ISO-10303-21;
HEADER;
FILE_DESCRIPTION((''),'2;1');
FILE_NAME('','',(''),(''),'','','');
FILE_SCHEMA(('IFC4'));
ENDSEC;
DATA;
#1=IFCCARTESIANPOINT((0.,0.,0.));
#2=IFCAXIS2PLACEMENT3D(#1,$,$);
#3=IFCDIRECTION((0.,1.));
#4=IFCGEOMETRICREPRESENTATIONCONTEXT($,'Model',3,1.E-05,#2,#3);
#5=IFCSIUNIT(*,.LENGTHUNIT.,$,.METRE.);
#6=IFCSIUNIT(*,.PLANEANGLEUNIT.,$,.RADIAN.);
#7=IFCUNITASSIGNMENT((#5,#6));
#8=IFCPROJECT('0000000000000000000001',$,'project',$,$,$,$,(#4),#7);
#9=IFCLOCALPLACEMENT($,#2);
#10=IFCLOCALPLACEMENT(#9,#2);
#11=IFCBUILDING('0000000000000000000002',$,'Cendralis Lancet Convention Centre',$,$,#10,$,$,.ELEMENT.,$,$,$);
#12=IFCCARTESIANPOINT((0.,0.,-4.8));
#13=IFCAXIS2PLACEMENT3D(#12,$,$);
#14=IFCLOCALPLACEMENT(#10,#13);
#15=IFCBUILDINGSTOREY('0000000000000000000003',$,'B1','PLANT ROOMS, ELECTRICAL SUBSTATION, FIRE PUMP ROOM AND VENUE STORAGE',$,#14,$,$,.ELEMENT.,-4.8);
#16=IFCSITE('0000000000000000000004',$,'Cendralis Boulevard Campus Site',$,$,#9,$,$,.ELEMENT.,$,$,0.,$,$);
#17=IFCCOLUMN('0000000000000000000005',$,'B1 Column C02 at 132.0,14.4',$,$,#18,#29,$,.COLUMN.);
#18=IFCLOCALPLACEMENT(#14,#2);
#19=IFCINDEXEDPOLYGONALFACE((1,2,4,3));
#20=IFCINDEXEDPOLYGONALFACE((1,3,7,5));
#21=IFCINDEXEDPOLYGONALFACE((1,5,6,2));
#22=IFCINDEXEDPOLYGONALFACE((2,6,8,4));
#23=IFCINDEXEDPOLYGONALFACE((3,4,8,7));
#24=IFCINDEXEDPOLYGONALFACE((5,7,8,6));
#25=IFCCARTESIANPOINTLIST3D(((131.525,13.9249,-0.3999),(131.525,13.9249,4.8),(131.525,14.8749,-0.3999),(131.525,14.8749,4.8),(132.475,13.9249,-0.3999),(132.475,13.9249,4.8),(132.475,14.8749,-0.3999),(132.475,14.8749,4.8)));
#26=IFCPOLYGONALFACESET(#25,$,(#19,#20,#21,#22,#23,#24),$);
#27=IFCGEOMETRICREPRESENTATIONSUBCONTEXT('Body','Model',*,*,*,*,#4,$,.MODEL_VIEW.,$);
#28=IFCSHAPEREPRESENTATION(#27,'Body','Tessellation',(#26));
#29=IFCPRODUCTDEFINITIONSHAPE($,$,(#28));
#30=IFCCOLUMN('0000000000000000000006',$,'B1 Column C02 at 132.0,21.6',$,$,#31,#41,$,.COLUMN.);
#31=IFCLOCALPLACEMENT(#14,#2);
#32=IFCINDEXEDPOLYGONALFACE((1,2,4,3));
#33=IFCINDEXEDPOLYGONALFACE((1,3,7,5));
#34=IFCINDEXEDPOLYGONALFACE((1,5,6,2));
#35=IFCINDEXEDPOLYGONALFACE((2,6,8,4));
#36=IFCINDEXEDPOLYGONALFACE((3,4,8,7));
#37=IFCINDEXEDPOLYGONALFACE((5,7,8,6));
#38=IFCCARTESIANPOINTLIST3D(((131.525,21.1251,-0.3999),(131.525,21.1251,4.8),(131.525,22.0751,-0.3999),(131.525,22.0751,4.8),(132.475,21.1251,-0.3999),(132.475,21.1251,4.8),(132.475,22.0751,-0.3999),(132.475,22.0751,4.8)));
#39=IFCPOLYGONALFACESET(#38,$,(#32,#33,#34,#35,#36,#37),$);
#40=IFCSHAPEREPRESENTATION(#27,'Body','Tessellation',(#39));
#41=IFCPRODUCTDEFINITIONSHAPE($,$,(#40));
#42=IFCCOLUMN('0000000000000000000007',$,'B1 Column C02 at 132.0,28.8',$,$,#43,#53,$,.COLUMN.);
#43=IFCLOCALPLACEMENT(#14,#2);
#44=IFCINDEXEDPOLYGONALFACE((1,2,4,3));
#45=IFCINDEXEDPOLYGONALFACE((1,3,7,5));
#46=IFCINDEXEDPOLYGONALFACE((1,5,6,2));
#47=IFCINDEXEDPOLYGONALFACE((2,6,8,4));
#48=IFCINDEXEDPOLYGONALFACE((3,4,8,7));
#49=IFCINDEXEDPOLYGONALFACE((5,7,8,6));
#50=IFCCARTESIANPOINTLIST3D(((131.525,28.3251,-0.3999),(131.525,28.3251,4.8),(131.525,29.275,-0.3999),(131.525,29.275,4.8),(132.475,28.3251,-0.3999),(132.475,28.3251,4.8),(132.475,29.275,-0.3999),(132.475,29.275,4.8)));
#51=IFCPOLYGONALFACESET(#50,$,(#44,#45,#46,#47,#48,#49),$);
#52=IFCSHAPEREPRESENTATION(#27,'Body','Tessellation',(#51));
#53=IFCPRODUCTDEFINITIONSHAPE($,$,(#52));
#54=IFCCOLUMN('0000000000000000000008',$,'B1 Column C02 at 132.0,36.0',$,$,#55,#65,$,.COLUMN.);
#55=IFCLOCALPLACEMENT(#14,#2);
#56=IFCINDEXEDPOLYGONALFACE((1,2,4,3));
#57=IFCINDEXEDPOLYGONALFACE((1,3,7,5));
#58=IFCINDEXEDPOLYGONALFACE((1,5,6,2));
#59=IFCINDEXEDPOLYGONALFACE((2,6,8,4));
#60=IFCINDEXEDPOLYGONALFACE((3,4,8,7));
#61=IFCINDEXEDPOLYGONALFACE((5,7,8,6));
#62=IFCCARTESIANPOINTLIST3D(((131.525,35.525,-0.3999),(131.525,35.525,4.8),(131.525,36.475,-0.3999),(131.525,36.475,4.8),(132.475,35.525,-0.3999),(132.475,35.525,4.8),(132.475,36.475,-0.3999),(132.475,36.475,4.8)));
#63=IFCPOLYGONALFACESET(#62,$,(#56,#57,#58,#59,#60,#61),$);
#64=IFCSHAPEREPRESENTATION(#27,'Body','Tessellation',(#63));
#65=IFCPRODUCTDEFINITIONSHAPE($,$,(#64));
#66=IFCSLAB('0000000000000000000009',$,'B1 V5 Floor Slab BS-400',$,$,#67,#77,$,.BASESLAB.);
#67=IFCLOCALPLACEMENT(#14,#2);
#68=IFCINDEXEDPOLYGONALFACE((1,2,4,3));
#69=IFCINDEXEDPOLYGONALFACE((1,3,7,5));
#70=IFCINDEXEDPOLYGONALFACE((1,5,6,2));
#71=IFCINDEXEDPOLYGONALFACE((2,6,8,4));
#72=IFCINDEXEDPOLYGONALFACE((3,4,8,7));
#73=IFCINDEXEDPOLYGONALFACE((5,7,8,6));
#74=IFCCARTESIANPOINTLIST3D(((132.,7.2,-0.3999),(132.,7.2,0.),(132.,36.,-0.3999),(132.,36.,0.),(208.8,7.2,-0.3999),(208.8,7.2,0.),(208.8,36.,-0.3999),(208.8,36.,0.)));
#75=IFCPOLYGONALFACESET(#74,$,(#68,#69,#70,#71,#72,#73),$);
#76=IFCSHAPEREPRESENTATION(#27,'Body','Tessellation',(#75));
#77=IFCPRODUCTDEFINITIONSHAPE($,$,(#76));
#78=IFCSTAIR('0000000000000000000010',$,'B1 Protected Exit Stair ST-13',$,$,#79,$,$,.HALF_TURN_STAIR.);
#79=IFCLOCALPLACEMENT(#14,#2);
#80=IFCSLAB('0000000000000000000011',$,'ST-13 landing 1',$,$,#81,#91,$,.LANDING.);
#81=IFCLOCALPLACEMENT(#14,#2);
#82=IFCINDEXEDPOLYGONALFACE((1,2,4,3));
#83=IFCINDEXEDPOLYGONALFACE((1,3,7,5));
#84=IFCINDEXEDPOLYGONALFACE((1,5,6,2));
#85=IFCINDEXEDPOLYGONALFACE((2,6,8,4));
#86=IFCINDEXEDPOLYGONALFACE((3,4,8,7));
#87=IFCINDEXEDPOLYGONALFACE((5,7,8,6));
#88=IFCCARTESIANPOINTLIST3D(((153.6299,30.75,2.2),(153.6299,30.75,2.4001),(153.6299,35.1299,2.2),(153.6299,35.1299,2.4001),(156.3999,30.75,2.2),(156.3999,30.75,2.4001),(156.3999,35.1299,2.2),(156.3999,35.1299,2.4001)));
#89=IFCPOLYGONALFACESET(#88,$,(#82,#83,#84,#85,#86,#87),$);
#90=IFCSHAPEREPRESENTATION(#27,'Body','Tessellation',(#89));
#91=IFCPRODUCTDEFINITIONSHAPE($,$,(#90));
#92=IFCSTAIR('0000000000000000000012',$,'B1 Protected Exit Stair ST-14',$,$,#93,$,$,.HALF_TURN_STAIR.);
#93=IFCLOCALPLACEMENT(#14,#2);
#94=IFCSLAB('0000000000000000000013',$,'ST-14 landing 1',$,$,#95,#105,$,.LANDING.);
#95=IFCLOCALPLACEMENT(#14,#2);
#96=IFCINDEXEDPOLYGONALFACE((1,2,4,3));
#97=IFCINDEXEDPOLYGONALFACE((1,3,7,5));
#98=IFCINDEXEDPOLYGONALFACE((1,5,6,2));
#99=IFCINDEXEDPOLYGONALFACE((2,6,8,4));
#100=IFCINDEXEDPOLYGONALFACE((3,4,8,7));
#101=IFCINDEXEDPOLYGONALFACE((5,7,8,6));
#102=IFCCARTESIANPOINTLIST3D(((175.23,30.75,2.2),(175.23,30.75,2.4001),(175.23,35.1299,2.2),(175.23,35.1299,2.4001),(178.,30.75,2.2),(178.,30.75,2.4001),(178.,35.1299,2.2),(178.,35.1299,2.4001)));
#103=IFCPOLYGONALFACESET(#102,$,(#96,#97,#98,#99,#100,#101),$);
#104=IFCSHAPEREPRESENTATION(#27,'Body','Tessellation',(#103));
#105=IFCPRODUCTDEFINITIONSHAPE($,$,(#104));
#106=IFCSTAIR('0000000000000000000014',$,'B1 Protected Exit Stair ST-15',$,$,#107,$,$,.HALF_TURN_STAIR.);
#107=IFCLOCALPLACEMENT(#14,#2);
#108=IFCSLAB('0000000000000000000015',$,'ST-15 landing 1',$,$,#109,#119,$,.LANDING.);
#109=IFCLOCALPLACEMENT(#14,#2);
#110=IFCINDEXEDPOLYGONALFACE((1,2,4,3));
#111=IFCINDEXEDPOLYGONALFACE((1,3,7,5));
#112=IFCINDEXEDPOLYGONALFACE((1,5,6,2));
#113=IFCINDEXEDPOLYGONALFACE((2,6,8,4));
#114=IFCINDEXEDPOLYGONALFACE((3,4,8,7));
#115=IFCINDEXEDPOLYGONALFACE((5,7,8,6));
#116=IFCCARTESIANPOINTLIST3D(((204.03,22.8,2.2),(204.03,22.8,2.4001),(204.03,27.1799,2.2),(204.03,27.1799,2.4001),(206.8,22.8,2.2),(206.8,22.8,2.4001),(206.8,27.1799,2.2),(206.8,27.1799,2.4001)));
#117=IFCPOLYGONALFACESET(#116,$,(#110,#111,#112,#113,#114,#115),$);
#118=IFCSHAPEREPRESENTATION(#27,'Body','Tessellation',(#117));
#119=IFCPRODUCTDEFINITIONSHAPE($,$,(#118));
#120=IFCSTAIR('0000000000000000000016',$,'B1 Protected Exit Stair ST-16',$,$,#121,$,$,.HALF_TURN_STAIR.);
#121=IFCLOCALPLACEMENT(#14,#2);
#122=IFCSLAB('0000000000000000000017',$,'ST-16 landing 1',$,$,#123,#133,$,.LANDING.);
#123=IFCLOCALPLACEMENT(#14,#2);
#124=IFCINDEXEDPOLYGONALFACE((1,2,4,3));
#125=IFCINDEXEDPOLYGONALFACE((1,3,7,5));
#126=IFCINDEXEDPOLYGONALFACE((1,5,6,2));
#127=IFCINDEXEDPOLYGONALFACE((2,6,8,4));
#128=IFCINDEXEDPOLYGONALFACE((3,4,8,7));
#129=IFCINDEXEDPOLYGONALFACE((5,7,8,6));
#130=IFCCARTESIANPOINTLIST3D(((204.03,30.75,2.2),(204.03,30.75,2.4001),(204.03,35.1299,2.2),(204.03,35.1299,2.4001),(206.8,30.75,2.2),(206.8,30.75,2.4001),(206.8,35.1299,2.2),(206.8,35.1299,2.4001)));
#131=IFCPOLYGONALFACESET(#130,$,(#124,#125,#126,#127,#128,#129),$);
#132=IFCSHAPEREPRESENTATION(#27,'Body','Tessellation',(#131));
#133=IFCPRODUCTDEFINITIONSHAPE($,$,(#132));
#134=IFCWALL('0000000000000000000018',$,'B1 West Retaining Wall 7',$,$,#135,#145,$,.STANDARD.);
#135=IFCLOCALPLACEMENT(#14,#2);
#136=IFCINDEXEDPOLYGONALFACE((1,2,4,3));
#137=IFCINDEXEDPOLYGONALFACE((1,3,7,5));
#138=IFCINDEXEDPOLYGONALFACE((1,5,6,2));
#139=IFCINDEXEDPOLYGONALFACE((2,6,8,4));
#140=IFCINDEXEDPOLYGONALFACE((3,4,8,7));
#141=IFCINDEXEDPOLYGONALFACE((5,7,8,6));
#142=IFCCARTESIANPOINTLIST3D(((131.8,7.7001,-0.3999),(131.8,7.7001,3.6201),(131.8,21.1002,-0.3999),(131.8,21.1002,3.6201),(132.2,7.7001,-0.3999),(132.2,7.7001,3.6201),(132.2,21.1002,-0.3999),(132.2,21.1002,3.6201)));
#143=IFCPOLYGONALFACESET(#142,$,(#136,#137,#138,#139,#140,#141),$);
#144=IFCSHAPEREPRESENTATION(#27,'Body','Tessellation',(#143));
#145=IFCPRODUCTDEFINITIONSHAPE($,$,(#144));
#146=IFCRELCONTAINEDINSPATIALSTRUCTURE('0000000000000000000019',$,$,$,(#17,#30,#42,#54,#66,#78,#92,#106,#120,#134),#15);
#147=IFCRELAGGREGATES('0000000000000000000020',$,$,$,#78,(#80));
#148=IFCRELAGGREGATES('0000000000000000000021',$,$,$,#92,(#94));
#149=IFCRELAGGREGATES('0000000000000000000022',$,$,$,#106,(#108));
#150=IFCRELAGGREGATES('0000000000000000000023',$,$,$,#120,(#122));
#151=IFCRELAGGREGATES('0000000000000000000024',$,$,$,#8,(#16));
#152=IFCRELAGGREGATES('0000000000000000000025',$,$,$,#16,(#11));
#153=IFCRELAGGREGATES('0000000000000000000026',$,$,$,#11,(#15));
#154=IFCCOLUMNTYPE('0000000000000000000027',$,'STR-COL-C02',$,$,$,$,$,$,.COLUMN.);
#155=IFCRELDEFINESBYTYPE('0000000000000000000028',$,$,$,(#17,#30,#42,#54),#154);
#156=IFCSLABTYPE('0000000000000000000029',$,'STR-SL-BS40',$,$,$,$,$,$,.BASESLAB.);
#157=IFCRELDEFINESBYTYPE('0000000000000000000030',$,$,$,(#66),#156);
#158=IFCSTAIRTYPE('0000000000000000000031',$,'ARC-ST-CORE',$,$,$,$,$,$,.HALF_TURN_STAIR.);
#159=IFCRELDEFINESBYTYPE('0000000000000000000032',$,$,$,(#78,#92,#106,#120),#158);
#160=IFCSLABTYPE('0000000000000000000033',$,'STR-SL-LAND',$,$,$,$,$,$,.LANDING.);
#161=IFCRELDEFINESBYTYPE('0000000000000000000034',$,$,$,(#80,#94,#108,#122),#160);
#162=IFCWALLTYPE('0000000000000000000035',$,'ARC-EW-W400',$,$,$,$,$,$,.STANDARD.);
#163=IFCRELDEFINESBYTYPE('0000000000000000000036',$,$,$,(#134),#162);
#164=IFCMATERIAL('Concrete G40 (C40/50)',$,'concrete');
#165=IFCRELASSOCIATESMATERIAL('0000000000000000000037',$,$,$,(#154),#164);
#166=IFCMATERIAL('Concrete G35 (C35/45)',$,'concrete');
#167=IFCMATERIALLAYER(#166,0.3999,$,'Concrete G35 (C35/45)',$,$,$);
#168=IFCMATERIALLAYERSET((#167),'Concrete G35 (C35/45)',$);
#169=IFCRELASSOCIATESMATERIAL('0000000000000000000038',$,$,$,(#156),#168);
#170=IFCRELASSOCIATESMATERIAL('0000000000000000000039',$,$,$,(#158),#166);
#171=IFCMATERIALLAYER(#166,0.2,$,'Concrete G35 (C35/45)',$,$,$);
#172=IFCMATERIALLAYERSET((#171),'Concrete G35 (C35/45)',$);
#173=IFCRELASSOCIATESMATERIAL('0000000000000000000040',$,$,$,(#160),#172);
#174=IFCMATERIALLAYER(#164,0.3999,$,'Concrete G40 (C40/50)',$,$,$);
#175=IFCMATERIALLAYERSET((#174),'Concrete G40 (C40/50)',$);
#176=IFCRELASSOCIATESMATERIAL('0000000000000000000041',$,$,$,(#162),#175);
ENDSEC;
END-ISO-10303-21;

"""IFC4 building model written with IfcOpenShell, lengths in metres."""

from ifc_helpers import new_model, si_unit, direction, frame, frame_2d, origin, origin_2d, place, context, subcontext, project, spatial, polyline, rectangle, outline, extrude, material, layer, layer_set, material_profile, profile_set, type_object, element, aggregate, save


model = new_model("IFC4")

# Units and contexts
model_context = context("Model", 3, precision=1e-05, world=origin(), true_north=direction((0.0, 1.0)))
body_context = subcontext(model_context, "Body", "Model", "MODEL_VIEW")
ifc_project = project(units=[si_unit("LENGTHUNIT", "METRE"), si_unit("PLANEANGLEUNIT", "RADIAN")], contexts=[model_context])

# Site, building, storey
site_placement = place(None, origin())
site = spatial("IfcSite", under=ifc_project, at=site_placement, Name="Cendralis Boulevard Campus Site", CompositionType="ELEMENT", RefElevation=0.0)
building_placement = place(site_placement, origin())
building = spatial("IfcBuilding", under=site, at=building_placement, Name="Cendralis Lancet Convention Centre", CompositionType="ELEMENT")
storey_placement = place(building_placement, frame((0.0, 0.0, -4.8)))
storey = spatial("IfcBuildingStorey", under=building, at=storey_placement, Name="B1", Description="PLANT ROOMS, ELECTRICAL SUBSTATION, FIRE PUMP ROOM AND VENUE STORAGE", CompositionType="ELEMENT", Elevation=-4.8)

# Shared definitions
ifc_material_1 = material(Name="Concrete G35 (C35/45)", Category="concrete")

# Columns
ifc_material_2 = material(Name="Concrete G40 (C40/50)", Category="concrete")
ifc_material_profile_1 = material_profile(ifc_material_2, rectangle(XDim=0.95, YDim=0.95, at=origin_2d()), Name="RC 950x950")
ifc_profile_set_1 = profile_set([ifc_material_profile_1], Name="Concrete G40 (C40/50)")
column_type = type_object("IfcColumnType", Name="STR-COL-C02", PredefinedType="COLUMN", material=ifc_profile_set_1)
for number, where, z_axis, x_axis, name in (
    (1, (132.0, 14.3999, -0.3999), (0.0, 0.0, 1.0), (1.0, 0.0, 0.0), "B1 Column C02 at 132.0,14.4"),
    (2, (132.0, 21.6001, -0.3999), (0.0, 0.0, 1.0), (1.0, 0.0, 0.0), "B1 Column C02 at 132.0,21.6"),
    (3, (132.0, 28.8, -0.3999), (0.0, 0.0, 1.0), (1.0, 0.0, 0.0), "B1 Column C02 at 132.0,28.8"),
    (4, (132.0, 36.0, -0.3999), (0.0, 0.0, 1.0), (1.0, 0.0, 0.0), "B1 Column C02 at 132.0,36.0"),
):
    element("IfcColumn", number, at=place(storey_placement, frame(where, z_axis=z_axis, x_axis=x_axis)), inside=storey, type_object=column_type, Name=name, PredefinedType="COLUMN", context=body_context, shape_type="SweptSolid", body=[
        extrude(rectangle(XDim=0.95, YDim=0.95, at=origin_2d()), origin(), (0.0, 0.0, 1.0), 5.2),
    ])

# Slab
ifc_layer_1 = layer(ifc_material_1, 0.3999, Name="Concrete G35 (C35/45)")
ifc_layer_set_1 = layer_set([ifc_layer_1], Name="Concrete G35 (C35/45)")
slab_type_1 = type_object("IfcSlabType", Name="STR-SL-BS40", PredefinedType="BASESLAB", material=ifc_layer_set_1)
slab_1_placement = place(storey_placement, frame((0.0, 0.0, -0.3999)))
element("IfcSlab", 5, at=slab_1_placement, inside=storey, type_object=slab_type_1, Name="B1 V5 Floor Slab BS-400", PredefinedType="BASESLAB", context=body_context, shape_type="SweptSolid", body=[
    extrude(outline(polyline([(132.0, 7.2), (208.8, 7.2), (208.8, 36.0), (132.0, 36.0), (132.0, 7.2)])), origin(), (0.0, 0.0, 1.0), 0.3999),
])

# Stairs, slabs
stair_type = type_object("IfcStairType", Name="ARC-ST-CORE", PredefinedType="HALF_TURN_STAIR", material=ifc_material_1)
stair_1_placement = place(storey_placement, origin())
stair_1 = element("IfcStair", 6, at=stair_1_placement, inside=storey, type_object=stair_type, Name="B1 Protected Exit Stair ST-13", PredefinedType="HALF_TURN_STAIR")
ifc_layer_2 = layer(ifc_material_1, 0.2, Name="Concrete G35 (C35/45)")
ifc_layer_set_2 = layer_set([ifc_layer_2], Name="Concrete G35 (C35/45)")
slab_type_2 = type_object("IfcSlabType", Name="STR-SL-LAND", PredefinedType="LANDING", material=ifc_layer_set_2)
slab_2_placement = place(storey_placement, frame((0.0, 0.0, 2.2)))
slab_2 = element("IfcSlab", 7, at=slab_2_placement, type_object=slab_type_2, Name="ST-13 landing 1", PredefinedType="LANDING", context=body_context, shape_type="SweptSolid", body=[
    extrude(outline(polyline([(153.6299, 30.75), (156.3999, 30.75), (156.3999, 35.1299), (153.6299, 35.1299), (153.6299, 30.75)])), origin(), (0.0, 0.0, 1.0), 0.2002),
])
aggregate(stair_1, [slab_2])
stair_2_placement = place(storey_placement, origin())
stair_2 = element("IfcStair", 8, at=stair_2_placement, inside=storey, type_object=stair_type, Name="B1 Protected Exit Stair ST-14", PredefinedType="HALF_TURN_STAIR")
slab_3_placement = place(storey_placement, frame((0.0, 0.0, 2.2)))
slab_3 = element("IfcSlab", 9, at=slab_3_placement, type_object=slab_type_2, Name="ST-14 landing 1", PredefinedType="LANDING", context=body_context, shape_type="SweptSolid", body=[
    extrude(outline(polyline([(175.23, 30.75), (178.0, 30.75), (178.0, 35.1299), (175.23, 35.1299), (175.23, 30.75)])), origin(), (0.0, 0.0, 1.0), 0.2002),
])
aggregate(stair_2, [slab_3])
stair_3_placement = place(storey_placement, origin())
stair_3 = element("IfcStair", 10, at=stair_3_placement, inside=storey, type_object=stair_type, Name="B1 Protected Exit Stair ST-15", PredefinedType="HALF_TURN_STAIR")
slab_4_placement = place(storey_placement, frame((0.0, 0.0, 2.2)))
slab_4 = element("IfcSlab", 11, at=slab_4_placement, type_object=slab_type_2, Name="ST-15 landing 1", PredefinedType="LANDING", context=body_context, shape_type="SweptSolid", body=[
    extrude(outline(polyline([(204.03, 22.8), (206.8, 22.8), (206.8, 27.1799), (204.03, 27.1799), (204.03, 22.8)])), origin(), (0.0, 0.0, 1.0), 0.2002),
])
aggregate(stair_3, [slab_4])
stair_4_placement = place(storey_placement, origin())
stair_4 = element("IfcStair", 12, at=stair_4_placement, inside=storey, type_object=stair_type, Name="B1 Protected Exit Stair ST-16", PredefinedType="HALF_TURN_STAIR")
slab_5_placement = place(storey_placement, frame((0.0, 0.0, 2.2)))
slab_5 = element("IfcSlab", 13, at=slab_5_placement, type_object=slab_type_2, Name="ST-16 landing 1", PredefinedType="LANDING", context=body_context, shape_type="SweptSolid", body=[
    extrude(outline(polyline([(204.03, 30.75), (206.8, 30.75), (206.8, 35.1299), (204.03, 35.1299), (204.03, 30.75)])), origin(), (0.0, 0.0, 1.0), 0.2002),
])
aggregate(stair_4, [slab_5])

# Wall
ifc_layer_3 = layer(ifc_material_2, 0.3999, Name="Concrete G40 (C40/50)")
ifc_layer_set_3 = layer_set([ifc_layer_3], Name="Concrete G40 (C40/50)")
wall_type = type_object("IfcWallType", Name="ARC-EW-W400", PredefinedType="STANDARD", material=ifc_layer_set_3)
wall_placement = place(storey_placement, frame((132.0, 7.7, -0.3999), z_axis=(0.0, 0.0, 1.0), x_axis=(0.0, 1.0, 0.0)))
element("IfcWall", 14, at=wall_placement, inside=storey, type_object=wall_type, Name="B1 West Retaining Wall 7", PredefinedType="STANDARD", context=body_context, shape_type="SweptSolid", body=[
    extrude(rectangle(XDim=13.4001, YDim=0.3999, at=frame_2d((6.7002, 0.0))), origin(), (0.0, 0.0, 1.0), 4.02),
])

save(model, "model.ifc")
